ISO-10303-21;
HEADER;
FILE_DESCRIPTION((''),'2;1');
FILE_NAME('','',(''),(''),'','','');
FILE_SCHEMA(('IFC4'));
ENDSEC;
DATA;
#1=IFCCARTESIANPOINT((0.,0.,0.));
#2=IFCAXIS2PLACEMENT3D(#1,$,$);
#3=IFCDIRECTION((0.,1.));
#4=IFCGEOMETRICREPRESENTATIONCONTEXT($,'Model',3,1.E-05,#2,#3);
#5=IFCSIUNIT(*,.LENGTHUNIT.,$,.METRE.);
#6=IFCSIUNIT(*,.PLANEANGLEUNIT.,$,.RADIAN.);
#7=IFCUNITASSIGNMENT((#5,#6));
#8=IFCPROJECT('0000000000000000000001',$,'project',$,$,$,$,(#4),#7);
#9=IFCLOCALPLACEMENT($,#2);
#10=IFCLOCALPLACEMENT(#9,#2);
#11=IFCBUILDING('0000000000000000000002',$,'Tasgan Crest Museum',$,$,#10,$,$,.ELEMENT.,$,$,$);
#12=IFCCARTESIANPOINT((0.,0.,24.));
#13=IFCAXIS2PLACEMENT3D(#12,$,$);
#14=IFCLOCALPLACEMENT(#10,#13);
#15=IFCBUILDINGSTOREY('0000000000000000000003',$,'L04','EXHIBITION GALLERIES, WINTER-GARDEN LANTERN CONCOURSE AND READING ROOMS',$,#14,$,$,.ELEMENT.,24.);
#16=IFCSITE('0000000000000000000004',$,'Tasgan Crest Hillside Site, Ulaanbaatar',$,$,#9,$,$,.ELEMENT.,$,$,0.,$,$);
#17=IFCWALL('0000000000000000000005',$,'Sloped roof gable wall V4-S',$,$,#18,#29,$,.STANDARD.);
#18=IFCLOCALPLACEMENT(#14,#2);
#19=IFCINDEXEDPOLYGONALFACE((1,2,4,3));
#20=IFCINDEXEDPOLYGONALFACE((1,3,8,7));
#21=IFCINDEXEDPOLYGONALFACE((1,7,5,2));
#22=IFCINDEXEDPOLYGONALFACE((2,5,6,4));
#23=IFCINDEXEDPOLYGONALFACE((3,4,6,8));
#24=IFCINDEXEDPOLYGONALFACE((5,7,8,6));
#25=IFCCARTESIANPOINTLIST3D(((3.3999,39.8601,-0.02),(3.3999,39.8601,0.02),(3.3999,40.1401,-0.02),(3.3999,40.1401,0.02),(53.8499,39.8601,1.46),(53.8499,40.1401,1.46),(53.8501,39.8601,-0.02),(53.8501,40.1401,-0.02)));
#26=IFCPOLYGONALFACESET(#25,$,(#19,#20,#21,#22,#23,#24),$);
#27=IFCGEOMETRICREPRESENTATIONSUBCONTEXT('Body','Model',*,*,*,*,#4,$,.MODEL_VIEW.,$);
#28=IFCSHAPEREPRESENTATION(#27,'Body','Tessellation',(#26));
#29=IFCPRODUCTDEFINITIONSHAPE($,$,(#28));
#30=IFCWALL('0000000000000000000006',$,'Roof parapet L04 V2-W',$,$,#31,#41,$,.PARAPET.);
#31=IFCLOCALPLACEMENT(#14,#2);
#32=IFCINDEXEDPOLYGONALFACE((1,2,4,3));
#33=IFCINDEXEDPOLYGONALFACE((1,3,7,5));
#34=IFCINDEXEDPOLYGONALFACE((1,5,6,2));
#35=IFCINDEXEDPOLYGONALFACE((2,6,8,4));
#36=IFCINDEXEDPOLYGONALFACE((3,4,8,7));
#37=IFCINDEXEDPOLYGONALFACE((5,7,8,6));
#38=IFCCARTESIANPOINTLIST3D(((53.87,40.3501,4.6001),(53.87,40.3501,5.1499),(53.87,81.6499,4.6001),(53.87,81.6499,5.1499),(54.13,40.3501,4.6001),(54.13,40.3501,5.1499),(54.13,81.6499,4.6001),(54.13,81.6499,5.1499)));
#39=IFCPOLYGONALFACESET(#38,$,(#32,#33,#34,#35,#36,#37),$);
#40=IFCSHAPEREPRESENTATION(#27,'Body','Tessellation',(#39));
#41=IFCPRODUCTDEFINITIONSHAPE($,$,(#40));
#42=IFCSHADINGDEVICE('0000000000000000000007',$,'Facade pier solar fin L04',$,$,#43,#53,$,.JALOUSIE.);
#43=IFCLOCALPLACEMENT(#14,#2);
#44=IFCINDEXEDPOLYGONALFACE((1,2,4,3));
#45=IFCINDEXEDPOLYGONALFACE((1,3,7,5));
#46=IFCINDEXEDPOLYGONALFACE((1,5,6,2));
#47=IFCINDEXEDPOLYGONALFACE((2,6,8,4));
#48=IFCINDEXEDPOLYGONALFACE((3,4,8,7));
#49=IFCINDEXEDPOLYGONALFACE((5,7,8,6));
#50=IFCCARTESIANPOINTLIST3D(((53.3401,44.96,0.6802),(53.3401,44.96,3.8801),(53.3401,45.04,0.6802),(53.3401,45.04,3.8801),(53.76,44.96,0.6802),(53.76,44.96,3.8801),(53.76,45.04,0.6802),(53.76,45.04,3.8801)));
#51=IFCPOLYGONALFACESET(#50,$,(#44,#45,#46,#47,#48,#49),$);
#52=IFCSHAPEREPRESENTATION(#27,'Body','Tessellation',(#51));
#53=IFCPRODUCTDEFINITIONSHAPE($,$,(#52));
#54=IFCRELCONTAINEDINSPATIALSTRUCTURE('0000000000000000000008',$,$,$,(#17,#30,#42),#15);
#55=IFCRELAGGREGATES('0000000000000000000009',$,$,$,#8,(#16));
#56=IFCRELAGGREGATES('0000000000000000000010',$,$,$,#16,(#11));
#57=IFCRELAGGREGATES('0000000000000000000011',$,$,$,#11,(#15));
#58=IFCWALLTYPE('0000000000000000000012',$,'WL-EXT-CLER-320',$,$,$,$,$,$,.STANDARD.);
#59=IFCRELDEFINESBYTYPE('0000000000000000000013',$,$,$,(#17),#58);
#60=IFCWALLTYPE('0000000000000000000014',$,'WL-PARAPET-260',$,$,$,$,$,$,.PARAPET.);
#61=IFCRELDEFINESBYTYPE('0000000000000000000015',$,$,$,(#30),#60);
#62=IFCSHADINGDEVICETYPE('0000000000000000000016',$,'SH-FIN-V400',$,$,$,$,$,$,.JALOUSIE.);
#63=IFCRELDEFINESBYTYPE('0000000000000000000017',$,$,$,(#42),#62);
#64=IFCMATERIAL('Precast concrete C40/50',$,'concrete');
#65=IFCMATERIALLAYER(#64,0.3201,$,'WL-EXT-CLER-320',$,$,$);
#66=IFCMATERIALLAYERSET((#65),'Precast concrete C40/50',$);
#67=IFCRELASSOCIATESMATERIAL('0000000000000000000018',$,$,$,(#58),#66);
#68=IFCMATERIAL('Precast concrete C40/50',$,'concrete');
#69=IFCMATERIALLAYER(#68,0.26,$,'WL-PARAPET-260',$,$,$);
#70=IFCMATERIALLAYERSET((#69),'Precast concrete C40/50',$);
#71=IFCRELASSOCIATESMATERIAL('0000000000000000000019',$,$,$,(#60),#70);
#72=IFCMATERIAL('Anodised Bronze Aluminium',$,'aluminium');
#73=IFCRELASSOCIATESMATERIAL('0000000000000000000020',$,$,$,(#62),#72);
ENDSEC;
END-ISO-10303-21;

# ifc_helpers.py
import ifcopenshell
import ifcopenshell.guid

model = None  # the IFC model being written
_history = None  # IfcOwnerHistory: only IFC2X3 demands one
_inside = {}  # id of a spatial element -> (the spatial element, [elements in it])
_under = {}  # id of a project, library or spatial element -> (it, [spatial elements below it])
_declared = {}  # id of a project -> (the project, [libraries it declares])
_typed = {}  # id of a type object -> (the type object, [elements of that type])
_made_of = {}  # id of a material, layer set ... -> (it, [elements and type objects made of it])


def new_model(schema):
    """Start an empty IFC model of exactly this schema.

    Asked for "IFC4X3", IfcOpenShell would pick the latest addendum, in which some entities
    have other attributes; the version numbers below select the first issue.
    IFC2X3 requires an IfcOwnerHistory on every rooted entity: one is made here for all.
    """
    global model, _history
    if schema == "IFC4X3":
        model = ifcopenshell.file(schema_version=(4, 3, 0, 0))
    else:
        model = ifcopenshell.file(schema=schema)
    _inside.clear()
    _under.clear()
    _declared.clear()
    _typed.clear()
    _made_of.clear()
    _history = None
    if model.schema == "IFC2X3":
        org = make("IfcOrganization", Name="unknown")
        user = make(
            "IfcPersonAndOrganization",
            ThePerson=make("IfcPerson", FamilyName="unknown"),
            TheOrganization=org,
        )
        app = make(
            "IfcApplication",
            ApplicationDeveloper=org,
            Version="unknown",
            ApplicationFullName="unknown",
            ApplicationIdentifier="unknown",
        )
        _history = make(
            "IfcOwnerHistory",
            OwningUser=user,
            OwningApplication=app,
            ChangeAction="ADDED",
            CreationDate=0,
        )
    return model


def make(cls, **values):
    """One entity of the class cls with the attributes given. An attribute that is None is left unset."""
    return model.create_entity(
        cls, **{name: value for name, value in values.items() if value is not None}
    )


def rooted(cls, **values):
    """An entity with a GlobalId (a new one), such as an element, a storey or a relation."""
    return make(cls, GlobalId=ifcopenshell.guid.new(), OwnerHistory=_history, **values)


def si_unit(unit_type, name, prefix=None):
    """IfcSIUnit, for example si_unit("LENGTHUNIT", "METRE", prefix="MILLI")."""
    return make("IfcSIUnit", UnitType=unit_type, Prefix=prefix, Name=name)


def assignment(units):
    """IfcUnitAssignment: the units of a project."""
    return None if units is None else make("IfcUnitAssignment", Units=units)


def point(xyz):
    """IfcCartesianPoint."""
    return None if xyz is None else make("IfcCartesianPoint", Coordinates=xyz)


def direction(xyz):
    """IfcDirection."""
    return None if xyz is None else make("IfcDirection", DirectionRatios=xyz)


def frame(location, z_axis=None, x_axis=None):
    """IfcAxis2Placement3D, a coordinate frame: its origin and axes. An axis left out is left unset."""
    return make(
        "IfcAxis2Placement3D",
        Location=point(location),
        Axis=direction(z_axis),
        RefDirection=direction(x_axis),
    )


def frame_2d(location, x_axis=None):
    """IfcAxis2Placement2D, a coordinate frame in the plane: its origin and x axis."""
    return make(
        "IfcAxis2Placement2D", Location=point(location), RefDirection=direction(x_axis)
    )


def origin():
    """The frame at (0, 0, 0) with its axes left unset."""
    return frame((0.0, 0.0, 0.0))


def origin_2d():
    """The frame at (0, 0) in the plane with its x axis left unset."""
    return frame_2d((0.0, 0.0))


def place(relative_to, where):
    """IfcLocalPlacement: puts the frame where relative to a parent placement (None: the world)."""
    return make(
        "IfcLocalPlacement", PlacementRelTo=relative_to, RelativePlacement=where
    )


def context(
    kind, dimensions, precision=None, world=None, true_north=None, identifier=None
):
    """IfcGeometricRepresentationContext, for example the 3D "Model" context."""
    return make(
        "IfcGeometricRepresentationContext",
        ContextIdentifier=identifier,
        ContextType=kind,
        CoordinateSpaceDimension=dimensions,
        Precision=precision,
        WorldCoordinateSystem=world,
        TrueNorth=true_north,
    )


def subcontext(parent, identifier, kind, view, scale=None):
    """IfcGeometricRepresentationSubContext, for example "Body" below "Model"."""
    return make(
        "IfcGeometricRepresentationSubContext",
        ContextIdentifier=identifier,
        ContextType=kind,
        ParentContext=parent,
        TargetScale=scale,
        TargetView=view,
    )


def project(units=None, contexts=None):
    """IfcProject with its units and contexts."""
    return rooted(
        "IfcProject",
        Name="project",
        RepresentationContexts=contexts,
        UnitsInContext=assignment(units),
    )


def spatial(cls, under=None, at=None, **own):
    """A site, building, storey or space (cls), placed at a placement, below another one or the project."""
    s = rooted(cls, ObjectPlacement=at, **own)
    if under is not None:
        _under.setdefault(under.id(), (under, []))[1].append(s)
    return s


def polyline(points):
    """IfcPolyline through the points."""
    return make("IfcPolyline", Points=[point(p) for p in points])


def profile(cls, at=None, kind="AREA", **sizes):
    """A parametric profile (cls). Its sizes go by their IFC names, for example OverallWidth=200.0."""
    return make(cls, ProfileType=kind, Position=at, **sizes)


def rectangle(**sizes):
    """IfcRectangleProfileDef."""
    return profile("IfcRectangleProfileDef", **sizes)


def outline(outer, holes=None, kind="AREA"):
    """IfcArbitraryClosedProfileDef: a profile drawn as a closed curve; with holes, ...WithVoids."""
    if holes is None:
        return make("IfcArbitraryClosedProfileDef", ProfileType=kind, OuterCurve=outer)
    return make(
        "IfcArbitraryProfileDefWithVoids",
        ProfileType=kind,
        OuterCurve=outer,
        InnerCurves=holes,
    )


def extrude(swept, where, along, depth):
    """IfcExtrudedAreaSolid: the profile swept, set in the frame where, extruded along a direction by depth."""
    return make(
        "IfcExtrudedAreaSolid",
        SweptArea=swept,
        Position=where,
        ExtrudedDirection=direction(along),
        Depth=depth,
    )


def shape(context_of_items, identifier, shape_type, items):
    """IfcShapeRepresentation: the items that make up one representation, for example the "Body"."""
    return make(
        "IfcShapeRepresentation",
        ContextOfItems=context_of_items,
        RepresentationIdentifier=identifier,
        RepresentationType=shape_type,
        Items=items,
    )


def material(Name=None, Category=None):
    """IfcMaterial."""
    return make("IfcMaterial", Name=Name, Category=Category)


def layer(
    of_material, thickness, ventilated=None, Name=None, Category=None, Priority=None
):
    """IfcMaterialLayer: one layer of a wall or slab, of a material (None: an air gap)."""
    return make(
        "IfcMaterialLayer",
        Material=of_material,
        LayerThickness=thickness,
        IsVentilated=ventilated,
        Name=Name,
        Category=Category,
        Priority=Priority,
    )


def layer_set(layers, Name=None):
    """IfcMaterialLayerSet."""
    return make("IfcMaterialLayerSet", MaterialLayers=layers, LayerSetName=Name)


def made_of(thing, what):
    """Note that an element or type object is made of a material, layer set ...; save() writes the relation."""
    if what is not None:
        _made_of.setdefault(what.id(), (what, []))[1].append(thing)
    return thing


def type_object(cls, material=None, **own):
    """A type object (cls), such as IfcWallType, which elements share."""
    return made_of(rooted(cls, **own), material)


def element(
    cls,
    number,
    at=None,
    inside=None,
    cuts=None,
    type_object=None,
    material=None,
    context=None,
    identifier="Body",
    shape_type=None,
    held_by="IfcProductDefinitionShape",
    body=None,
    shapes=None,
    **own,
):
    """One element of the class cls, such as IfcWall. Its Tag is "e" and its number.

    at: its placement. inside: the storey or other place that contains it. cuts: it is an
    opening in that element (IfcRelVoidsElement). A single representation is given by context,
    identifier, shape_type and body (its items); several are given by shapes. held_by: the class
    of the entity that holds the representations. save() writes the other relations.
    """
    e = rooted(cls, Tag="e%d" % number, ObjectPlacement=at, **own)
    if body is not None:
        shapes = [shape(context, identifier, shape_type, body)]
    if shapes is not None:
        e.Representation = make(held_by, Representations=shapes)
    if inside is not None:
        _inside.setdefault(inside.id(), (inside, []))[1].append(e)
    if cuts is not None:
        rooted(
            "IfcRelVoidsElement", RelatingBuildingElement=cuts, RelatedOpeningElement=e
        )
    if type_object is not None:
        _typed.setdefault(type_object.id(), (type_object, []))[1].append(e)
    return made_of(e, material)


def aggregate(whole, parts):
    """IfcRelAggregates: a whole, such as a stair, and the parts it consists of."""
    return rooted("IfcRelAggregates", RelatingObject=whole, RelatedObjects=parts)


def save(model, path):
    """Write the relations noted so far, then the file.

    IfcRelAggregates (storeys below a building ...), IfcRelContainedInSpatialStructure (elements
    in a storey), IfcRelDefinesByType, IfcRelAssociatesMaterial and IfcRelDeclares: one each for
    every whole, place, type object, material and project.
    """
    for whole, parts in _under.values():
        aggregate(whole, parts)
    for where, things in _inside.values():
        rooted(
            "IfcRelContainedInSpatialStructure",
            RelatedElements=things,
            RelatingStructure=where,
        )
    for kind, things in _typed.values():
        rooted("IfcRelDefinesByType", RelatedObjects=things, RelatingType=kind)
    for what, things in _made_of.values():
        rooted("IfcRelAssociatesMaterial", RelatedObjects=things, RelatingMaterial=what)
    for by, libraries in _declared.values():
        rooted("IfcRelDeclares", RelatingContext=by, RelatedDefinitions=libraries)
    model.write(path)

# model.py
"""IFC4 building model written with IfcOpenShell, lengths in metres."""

from ifc_helpers import new_model, si_unit, direction, frame, frame_2d, origin, origin_2d, place, context, subcontext, project, spatial, polyline, rectangle, outline, extrude, material, layer, layer_set, type_object, element, save


model = new_model("IFC4")

# Units and contexts
model_context = context("Model", 3, precision=1e-05, world=origin(), true_north=direction((0.0, 1.0)))
body_context = subcontext(model_context, "Body", "Model", "MODEL_VIEW")
ifc_project = project(units=[si_unit("LENGTHUNIT", "METRE"), si_unit("PLANEANGLEUNIT", "RADIAN")], contexts=[model_context])

# Site, building, storey
site_placement = place(None, origin())
site = spatial("IfcSite", under=ifc_project, at=site_placement, Name="Tasgan Crest Hillside Site, Ulaanbaatar", CompositionType="ELEMENT", RefElevation=0.0)
building_placement = place(site_placement, origin())
building = spatial("IfcBuilding", under=site, at=building_placement, Name="Tasgan Crest Museum", CompositionType="ELEMENT")
storey_placement = place(building_placement, frame((0.0, 0.0, 24.0)))
storey = spatial("IfcBuildingStorey", under=building, at=storey_placement, Name="L04", Description="EXHIBITION GALLERIES, WINTER-GARDEN LANTERN CONCOURSE AND READING ROOMS", CompositionType="ELEMENT", Elevation=24.0)

# Walls
ifc_material_1 = material(Name="Precast concrete C40/50", Category="concrete")
ifc_layer_1 = layer(ifc_material_1, 0.3201, Name="WL-EXT-CLER-320")
ifc_layer_set_1 = layer_set([ifc_layer_1], Name="Precast concrete C40/50")
wall_type_1 = type_object("IfcWallType", Name="WL-EXT-CLER-320", PredefinedType="STANDARD", material=ifc_layer_set_1)
wall_1_placement = place(storey_placement, frame((3.3999, 40.0, -0.02), z_axis=(0.0, 0.0, 1.0), x_axis=(1.0, 0.0, 0.0)))
element("IfcWall", 1, at=wall_1_placement, inside=storey, type_object=wall_type_1, Name="Sloped roof gable wall V4-S", PredefinedType="STANDARD", context=body_context, shape_type="SweptSolid", body=[
    extrude(outline(polyline([(0.0, 0.0), (50.4502, 0.0), (50.45, 1.48), (0.0, 0.04), (0.0, 0.0)])), frame((0.0, 0.1401, 0.0), z_axis=(0.0, -1.0, 0.0), x_axis=(1.0, 0.0, 0.0)), (0.0, 0.0, 1.0), 0.28),
])
ifc_material_2 = material(Name="Precast concrete C40/50", Category="concrete")
ifc_layer_2 = layer(ifc_material_2, 0.26, Name="WL-PARAPET-260")
ifc_layer_set_2 = layer_set([ifc_layer_2], Name="Precast concrete C40/50")
wall_type_2 = type_object("IfcWallType", Name="WL-PARAPET-260", PredefinedType="PARAPET", material=ifc_layer_set_2)
wall_2_placement = place(storey_placement, frame((54.0, 40.3501, 4.6001), z_axis=(0.0, 0.0, 1.0), x_axis=(0.0, 1.0, 0.0)))
element("IfcWall", 2, at=wall_2_placement, inside=storey, type_object=wall_type_2, Name="Roof parapet L04 V2-W", PredefinedType="PARAPET", context=body_context, shape_type="SweptSolid", body=[
    extrude(rectangle(XDim=41.2998, YDim=0.26, at=frame_2d((20.6499, 0.0))), origin(), (0.0, 0.0, 1.0), 0.5498),
])

# Shading device
ifc_material_3 = material(Name="Anodised Bronze Aluminium", Category="aluminium")
shading_device_type = type_object("IfcShadingDeviceType", Name="SH-FIN-V400", PredefinedType="JALOUSIE", material=ifc_material_3)
shading_device_placement = place(storey_placement, frame((53.55, 45.0, 0.6802), z_axis=(0.0, 0.0, 1.0), x_axis=(0.0, -1.0, 0.0)))
element("IfcShadingDevice", 3, at=shading_device_placement, inside=storey, type_object=shading_device_type, Name="Facade pier solar fin L04", PredefinedType="JALOUSIE", context=body_context, shape_type="SweptSolid", body=[
    extrude(rectangle(XDim=0.0801, YDim=0.4199, at=origin_2d()), origin(), (0.0, 0.0, 1.0), 3.2),
])

save(model, "model.ifc")
